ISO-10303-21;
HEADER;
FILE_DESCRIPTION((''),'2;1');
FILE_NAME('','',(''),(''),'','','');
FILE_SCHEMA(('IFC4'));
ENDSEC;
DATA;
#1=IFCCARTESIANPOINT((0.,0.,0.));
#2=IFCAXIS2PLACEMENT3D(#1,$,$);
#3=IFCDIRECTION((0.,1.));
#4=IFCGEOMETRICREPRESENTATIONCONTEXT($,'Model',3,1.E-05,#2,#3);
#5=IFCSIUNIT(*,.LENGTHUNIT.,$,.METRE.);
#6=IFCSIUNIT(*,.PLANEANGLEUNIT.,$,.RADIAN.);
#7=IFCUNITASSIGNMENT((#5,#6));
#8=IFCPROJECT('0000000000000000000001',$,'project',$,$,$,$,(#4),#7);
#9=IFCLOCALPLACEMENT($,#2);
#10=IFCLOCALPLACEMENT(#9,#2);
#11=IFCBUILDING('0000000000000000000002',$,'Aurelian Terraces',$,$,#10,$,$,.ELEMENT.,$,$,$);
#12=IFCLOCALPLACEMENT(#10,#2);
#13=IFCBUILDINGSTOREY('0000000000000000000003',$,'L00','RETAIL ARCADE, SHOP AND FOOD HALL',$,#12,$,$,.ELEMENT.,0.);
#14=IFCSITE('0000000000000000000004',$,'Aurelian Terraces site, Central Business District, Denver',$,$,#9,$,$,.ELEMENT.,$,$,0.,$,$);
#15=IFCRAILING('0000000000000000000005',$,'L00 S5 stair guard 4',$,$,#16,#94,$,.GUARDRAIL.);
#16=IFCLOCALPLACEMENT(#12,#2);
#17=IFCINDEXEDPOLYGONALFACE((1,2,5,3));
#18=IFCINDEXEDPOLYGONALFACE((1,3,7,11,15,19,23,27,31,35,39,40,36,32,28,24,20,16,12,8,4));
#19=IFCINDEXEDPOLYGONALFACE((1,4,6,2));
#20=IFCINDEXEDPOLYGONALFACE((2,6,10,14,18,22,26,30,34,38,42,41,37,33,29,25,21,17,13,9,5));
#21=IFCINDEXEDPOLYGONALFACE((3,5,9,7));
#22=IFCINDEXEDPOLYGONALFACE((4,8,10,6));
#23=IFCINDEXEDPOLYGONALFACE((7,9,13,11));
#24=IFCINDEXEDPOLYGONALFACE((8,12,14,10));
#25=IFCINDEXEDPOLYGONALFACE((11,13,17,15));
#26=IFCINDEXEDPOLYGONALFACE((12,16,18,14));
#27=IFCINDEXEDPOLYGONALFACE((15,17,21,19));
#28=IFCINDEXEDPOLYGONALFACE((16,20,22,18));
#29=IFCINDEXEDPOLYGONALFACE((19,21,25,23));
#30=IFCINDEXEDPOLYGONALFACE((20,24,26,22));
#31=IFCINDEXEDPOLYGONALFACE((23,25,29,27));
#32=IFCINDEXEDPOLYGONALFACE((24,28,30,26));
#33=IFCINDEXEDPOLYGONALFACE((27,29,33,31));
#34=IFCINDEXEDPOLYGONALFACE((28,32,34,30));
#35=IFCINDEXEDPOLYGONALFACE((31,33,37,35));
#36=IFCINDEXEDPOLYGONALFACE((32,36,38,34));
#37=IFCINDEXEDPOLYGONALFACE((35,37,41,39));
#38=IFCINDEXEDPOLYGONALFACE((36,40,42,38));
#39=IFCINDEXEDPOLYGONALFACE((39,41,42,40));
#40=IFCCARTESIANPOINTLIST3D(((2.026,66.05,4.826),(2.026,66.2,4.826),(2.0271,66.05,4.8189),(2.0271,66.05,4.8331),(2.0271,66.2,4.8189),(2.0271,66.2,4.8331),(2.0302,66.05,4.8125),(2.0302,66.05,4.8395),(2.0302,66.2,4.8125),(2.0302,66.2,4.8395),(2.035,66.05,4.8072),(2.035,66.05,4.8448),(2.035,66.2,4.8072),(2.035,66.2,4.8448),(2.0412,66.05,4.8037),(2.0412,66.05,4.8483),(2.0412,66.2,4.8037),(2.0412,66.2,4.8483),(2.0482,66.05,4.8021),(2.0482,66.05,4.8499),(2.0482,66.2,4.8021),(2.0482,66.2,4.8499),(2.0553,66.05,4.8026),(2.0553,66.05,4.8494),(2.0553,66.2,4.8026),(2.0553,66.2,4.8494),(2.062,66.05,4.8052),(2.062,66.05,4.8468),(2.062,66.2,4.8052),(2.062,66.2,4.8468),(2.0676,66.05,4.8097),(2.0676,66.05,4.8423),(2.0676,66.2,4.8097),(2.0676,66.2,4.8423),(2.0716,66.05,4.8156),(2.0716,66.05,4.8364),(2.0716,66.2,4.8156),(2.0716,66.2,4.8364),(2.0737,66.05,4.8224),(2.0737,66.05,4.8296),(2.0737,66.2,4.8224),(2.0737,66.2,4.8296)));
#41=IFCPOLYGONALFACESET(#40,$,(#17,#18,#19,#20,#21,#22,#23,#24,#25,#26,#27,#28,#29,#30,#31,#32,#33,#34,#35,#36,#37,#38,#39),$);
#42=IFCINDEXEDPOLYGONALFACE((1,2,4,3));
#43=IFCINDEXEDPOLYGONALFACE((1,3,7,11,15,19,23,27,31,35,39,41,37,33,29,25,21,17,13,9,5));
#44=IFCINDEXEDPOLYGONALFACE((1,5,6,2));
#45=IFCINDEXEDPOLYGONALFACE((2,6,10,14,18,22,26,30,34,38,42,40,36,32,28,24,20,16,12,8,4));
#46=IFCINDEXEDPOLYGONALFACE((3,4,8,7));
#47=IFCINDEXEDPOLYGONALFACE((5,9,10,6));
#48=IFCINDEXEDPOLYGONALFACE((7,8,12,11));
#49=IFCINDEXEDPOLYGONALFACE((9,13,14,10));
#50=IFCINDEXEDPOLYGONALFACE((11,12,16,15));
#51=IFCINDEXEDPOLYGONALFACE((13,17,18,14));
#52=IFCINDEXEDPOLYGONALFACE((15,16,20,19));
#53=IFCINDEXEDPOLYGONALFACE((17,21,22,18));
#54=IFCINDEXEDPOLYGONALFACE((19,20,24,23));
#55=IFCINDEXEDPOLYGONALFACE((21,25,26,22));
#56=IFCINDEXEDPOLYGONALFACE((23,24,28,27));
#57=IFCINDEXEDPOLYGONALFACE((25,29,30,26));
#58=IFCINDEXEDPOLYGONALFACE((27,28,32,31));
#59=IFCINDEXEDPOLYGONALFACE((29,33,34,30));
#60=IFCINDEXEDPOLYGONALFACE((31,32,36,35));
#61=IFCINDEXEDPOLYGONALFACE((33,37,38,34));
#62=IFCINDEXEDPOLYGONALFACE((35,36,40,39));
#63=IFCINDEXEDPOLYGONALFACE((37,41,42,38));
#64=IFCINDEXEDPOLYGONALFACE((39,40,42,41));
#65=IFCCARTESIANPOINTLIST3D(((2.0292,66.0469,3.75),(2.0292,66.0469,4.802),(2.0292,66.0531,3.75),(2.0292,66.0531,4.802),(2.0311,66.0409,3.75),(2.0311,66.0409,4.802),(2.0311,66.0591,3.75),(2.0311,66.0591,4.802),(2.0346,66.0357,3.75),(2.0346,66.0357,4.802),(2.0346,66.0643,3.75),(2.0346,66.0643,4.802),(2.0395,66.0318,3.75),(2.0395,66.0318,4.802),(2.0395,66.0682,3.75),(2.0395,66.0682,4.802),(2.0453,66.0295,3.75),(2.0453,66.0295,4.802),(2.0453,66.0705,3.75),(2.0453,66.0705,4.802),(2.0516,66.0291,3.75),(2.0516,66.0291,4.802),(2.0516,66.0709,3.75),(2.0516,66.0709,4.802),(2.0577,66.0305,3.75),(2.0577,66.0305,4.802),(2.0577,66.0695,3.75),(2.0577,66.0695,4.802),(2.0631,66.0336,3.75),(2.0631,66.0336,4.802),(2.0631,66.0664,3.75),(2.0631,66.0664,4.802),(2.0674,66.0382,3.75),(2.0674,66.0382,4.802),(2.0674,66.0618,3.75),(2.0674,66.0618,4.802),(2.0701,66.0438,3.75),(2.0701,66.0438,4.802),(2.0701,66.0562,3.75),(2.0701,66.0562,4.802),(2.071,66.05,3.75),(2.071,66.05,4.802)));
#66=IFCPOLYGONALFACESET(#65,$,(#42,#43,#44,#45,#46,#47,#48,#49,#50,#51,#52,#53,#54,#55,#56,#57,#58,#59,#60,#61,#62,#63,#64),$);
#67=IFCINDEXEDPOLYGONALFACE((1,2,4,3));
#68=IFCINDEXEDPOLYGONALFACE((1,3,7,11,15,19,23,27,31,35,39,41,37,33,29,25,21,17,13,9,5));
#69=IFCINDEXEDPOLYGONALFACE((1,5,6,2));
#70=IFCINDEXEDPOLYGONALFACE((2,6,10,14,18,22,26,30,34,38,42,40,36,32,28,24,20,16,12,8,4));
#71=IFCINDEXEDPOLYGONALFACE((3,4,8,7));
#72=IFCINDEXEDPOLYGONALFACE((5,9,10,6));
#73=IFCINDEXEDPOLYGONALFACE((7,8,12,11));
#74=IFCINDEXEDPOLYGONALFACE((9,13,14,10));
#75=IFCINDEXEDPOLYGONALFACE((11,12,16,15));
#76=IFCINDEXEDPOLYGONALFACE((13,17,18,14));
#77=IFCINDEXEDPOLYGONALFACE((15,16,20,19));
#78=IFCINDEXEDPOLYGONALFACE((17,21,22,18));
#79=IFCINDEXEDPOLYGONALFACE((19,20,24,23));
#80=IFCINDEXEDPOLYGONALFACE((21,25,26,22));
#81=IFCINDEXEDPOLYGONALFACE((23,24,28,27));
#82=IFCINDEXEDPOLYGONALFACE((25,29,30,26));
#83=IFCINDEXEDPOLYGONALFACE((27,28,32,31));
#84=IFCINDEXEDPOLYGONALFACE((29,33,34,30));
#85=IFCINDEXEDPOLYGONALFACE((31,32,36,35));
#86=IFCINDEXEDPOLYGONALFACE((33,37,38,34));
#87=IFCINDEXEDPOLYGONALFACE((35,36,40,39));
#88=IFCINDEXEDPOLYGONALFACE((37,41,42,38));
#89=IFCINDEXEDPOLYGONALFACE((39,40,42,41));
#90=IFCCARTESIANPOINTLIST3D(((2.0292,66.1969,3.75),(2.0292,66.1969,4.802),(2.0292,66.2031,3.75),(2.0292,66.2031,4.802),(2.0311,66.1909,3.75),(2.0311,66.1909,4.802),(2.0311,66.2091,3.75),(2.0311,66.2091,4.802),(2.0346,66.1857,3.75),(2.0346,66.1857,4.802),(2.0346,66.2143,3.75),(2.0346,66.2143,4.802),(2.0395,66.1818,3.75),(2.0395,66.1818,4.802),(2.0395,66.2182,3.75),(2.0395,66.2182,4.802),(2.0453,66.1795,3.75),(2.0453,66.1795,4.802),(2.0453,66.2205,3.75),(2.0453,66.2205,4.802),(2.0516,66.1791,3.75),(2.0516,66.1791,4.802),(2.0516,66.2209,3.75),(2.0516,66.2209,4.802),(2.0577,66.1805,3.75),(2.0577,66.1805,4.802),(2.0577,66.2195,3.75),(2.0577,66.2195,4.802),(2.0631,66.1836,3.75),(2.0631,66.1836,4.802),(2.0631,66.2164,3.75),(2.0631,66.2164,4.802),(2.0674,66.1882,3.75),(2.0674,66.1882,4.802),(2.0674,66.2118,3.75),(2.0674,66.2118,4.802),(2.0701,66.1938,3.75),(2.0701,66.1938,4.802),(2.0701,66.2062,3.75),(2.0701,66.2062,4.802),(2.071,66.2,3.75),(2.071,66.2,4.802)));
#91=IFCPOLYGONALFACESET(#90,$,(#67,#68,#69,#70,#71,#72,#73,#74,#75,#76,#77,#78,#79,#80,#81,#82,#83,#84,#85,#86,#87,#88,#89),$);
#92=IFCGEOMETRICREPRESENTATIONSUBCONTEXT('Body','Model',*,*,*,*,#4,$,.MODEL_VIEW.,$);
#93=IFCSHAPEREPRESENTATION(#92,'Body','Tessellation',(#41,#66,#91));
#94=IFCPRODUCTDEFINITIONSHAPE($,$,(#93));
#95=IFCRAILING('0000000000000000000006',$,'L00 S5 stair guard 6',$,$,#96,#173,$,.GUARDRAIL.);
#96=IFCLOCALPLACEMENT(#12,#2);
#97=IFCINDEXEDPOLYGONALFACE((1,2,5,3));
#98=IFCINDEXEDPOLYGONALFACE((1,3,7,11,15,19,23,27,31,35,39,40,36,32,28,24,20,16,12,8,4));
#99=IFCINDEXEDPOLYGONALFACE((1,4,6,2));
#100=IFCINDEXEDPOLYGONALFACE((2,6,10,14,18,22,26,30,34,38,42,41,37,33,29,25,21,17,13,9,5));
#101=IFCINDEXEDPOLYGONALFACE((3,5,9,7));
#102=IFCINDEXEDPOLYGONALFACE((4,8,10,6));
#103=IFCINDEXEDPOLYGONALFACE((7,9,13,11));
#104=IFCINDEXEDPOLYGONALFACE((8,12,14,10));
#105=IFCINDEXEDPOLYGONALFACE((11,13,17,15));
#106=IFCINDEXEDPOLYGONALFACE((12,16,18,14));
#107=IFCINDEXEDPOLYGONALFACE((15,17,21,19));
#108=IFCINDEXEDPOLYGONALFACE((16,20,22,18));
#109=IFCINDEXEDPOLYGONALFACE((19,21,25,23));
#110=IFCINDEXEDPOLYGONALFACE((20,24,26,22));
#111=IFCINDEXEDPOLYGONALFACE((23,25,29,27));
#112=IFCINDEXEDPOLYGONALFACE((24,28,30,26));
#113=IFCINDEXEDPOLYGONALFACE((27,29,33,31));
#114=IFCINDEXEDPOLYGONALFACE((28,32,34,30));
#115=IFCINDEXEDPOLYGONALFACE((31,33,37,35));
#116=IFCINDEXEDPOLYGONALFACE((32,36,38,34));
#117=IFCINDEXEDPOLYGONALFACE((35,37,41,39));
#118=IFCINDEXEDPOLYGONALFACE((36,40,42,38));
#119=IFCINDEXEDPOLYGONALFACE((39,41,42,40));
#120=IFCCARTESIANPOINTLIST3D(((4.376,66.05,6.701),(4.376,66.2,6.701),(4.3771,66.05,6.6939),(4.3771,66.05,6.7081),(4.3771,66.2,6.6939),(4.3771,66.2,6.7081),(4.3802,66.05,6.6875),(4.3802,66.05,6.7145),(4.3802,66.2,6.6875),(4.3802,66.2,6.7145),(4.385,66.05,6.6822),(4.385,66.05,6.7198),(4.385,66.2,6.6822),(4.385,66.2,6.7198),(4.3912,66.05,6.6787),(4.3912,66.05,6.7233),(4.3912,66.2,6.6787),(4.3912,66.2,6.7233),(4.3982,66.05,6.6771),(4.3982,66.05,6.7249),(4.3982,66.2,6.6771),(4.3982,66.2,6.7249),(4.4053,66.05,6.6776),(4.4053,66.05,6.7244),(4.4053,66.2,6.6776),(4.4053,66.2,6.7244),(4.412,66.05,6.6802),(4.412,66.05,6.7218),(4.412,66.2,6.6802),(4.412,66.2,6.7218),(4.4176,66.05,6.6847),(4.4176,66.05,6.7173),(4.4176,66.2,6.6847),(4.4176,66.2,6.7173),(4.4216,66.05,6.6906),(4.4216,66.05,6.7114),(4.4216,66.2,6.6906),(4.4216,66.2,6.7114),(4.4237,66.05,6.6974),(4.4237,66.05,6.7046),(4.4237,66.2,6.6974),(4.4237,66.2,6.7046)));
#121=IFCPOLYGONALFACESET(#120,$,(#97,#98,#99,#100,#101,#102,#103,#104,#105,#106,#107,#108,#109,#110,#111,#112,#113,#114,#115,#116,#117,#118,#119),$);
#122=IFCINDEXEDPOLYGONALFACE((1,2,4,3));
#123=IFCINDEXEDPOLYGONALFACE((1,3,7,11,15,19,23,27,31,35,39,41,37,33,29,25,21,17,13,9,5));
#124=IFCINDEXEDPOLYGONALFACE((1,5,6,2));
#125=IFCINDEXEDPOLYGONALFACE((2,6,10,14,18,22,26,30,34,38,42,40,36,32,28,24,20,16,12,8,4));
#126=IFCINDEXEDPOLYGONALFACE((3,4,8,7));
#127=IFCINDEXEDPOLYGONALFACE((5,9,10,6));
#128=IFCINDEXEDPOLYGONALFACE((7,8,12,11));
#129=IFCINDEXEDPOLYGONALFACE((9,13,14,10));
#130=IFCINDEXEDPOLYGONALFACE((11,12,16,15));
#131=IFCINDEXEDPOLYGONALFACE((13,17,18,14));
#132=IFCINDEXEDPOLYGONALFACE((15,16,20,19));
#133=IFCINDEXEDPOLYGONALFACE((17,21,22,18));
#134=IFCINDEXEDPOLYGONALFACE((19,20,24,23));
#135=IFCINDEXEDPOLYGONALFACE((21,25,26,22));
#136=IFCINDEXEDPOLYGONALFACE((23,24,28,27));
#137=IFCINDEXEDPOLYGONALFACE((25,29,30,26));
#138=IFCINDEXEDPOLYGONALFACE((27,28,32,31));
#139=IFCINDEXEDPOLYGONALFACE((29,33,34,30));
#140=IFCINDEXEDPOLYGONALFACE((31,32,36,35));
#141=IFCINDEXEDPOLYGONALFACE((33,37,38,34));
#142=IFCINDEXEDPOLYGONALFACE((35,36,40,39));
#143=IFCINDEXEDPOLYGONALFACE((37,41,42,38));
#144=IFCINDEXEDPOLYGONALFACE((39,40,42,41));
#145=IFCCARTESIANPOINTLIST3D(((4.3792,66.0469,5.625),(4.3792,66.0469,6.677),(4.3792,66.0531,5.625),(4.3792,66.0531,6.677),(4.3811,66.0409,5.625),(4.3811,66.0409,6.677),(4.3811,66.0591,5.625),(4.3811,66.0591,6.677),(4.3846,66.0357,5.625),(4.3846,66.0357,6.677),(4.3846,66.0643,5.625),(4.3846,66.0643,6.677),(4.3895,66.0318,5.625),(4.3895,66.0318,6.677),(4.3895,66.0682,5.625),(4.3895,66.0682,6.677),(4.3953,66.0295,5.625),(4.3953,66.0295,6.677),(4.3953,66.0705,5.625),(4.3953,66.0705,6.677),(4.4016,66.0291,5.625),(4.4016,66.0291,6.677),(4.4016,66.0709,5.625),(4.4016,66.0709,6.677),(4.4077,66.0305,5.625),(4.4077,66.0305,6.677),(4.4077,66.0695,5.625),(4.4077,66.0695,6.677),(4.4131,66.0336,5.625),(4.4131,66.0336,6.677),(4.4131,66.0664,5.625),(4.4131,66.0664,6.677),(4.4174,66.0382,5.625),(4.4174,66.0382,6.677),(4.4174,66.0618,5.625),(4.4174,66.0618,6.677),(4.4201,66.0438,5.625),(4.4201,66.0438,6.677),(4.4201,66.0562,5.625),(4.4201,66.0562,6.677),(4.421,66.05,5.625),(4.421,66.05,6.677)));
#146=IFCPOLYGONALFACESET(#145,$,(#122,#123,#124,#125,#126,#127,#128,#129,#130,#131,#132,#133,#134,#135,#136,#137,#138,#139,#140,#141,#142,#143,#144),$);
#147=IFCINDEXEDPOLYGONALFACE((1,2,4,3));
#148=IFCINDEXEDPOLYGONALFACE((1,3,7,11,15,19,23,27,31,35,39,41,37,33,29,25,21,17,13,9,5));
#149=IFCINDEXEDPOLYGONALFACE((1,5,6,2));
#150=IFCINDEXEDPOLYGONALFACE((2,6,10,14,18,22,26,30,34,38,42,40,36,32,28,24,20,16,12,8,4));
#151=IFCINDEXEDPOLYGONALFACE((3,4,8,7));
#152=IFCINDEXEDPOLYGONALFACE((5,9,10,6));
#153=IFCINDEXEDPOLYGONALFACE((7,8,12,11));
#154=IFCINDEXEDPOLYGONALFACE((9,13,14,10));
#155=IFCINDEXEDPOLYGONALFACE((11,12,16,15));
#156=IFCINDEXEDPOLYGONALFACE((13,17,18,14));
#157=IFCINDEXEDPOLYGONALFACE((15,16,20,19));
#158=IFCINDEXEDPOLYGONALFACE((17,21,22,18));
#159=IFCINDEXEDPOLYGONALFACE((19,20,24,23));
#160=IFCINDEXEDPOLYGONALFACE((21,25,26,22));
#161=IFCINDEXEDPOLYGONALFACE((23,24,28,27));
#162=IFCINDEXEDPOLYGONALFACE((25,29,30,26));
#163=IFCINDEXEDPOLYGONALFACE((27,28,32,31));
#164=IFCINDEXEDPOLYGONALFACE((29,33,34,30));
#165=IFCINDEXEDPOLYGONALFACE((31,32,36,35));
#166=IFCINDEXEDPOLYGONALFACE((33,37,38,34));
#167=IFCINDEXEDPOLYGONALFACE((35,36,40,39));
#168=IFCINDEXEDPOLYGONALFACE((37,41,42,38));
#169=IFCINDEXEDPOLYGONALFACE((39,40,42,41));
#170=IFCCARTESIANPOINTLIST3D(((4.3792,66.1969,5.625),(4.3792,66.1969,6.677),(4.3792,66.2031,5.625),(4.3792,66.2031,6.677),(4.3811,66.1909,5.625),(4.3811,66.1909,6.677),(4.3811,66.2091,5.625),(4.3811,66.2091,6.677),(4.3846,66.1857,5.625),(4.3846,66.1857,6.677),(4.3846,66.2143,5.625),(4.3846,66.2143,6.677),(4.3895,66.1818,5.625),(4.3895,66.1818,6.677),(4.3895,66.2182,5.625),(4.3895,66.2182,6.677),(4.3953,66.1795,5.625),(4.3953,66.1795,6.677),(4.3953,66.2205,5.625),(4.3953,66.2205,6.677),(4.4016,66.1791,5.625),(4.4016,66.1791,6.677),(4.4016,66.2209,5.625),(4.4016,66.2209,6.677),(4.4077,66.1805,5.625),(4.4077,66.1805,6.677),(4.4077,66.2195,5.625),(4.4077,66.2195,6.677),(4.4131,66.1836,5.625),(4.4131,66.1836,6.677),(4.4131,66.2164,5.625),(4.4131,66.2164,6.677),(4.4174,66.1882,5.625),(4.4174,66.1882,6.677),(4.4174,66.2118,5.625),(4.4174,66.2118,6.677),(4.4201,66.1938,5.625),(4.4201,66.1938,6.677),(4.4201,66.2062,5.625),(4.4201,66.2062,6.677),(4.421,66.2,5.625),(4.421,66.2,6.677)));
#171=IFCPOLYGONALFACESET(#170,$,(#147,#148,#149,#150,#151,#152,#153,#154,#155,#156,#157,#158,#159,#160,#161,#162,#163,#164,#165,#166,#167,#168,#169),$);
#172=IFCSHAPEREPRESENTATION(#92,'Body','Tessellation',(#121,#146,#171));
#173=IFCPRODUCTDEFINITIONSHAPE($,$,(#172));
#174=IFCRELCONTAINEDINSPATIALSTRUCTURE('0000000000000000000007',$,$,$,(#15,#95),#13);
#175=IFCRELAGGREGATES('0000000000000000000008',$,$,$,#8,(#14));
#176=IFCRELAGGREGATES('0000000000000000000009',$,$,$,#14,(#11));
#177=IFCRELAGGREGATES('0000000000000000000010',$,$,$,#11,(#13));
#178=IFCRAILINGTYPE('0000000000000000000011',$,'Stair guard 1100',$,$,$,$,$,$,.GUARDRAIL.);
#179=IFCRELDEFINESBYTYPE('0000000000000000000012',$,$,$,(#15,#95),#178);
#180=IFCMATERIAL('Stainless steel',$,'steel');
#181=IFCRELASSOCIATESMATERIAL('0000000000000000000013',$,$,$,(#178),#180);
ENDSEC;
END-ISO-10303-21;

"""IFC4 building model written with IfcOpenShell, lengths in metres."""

from ifc_helpers import new_model, si_unit, direction, frame, origin, origin_2d, place, context, subcontext, project, spatial, circle, extrude, source, transform, mapped, material, type_object, element, save


model = new_model("IFC4")

# Units and contexts
model_context = context("Model", 3, precision=1e-05, world=origin(), true_north=direction((0.0, 1.0)))
body_context = subcontext(model_context, "Body", "Model", "MODEL_VIEW")
ifc_project = project(units=[si_unit("LENGTHUNIT", "METRE"), si_unit("PLANEANGLEUNIT", "RADIAN")], contexts=[model_context])

# Site, building, storey
site_placement = place(None, origin())
site = spatial("IfcSite", under=ifc_project, at=site_placement, Name="Aurelian Terraces site, Central Business District, Denver", CompositionType="ELEMENT", RefElevation=0.0)
building_placement = place(site_placement, origin())
building = spatial("IfcBuilding", under=site, at=building_placement, Name="Aurelian Terraces", CompositionType="ELEMENT")
storey_placement = place(building_placement, origin())
storey = spatial("IfcBuildingStorey", under=building, at=storey_placement, Name="L00", Description="RETAIL ARCADE, SHOP AND FOOD HALL", CompositionType="ELEMENT", Elevation=0.0)

# Railings
ifc_material_1 = material(Name="Stainless steel", Category="steel")
railing_type_1 = type_object("IfcRailingType", Name="Stair guard 1100", PredefinedType="GUARDRAIL", material=ifc_material_1)
shared_shape_1 = source(origin(), body_context, "Body", "SweptSolid", [
    extrude(circle(Radius=0.024, at=origin_2d()), frame((0.0, 0.0, 1.076), z_axis=(0.0, 1.0, 0.0), x_axis=(-1.0, 0.0, 0.0)), (0.0, 0.0, 1.0), 0.15),
    extrude(circle(Radius=0.021, at=origin_2d()), origin(), (0.0, 0.0, 1.0), 1.052),
    extrude(circle(Radius=0.021, at=origin_2d()), frame((0.0, 0.15, 0.0)), (0.0, 0.0, 1.0), 1.052),
])
for number, where, name in (
    (1, (2.05, 66.05, 3.75), "L00 S5 stair guard 4"),
    (2, (4.4, 66.05, 5.625), "L00 S5 stair guard 6"),
):
    element("IfcRailing", number, at=place(storey_placement, frame(where)), inside=storey, type_object=railing_type_1, Name=name, PredefinedType="GUARDRAIL", context=body_context, shape_type="MappedRepresentation", body=[
        mapped(shared_shape_1, transform((0.0, 0.0, 0.0), scale=1.0)),
    ])

save(model, "model.ifc")
